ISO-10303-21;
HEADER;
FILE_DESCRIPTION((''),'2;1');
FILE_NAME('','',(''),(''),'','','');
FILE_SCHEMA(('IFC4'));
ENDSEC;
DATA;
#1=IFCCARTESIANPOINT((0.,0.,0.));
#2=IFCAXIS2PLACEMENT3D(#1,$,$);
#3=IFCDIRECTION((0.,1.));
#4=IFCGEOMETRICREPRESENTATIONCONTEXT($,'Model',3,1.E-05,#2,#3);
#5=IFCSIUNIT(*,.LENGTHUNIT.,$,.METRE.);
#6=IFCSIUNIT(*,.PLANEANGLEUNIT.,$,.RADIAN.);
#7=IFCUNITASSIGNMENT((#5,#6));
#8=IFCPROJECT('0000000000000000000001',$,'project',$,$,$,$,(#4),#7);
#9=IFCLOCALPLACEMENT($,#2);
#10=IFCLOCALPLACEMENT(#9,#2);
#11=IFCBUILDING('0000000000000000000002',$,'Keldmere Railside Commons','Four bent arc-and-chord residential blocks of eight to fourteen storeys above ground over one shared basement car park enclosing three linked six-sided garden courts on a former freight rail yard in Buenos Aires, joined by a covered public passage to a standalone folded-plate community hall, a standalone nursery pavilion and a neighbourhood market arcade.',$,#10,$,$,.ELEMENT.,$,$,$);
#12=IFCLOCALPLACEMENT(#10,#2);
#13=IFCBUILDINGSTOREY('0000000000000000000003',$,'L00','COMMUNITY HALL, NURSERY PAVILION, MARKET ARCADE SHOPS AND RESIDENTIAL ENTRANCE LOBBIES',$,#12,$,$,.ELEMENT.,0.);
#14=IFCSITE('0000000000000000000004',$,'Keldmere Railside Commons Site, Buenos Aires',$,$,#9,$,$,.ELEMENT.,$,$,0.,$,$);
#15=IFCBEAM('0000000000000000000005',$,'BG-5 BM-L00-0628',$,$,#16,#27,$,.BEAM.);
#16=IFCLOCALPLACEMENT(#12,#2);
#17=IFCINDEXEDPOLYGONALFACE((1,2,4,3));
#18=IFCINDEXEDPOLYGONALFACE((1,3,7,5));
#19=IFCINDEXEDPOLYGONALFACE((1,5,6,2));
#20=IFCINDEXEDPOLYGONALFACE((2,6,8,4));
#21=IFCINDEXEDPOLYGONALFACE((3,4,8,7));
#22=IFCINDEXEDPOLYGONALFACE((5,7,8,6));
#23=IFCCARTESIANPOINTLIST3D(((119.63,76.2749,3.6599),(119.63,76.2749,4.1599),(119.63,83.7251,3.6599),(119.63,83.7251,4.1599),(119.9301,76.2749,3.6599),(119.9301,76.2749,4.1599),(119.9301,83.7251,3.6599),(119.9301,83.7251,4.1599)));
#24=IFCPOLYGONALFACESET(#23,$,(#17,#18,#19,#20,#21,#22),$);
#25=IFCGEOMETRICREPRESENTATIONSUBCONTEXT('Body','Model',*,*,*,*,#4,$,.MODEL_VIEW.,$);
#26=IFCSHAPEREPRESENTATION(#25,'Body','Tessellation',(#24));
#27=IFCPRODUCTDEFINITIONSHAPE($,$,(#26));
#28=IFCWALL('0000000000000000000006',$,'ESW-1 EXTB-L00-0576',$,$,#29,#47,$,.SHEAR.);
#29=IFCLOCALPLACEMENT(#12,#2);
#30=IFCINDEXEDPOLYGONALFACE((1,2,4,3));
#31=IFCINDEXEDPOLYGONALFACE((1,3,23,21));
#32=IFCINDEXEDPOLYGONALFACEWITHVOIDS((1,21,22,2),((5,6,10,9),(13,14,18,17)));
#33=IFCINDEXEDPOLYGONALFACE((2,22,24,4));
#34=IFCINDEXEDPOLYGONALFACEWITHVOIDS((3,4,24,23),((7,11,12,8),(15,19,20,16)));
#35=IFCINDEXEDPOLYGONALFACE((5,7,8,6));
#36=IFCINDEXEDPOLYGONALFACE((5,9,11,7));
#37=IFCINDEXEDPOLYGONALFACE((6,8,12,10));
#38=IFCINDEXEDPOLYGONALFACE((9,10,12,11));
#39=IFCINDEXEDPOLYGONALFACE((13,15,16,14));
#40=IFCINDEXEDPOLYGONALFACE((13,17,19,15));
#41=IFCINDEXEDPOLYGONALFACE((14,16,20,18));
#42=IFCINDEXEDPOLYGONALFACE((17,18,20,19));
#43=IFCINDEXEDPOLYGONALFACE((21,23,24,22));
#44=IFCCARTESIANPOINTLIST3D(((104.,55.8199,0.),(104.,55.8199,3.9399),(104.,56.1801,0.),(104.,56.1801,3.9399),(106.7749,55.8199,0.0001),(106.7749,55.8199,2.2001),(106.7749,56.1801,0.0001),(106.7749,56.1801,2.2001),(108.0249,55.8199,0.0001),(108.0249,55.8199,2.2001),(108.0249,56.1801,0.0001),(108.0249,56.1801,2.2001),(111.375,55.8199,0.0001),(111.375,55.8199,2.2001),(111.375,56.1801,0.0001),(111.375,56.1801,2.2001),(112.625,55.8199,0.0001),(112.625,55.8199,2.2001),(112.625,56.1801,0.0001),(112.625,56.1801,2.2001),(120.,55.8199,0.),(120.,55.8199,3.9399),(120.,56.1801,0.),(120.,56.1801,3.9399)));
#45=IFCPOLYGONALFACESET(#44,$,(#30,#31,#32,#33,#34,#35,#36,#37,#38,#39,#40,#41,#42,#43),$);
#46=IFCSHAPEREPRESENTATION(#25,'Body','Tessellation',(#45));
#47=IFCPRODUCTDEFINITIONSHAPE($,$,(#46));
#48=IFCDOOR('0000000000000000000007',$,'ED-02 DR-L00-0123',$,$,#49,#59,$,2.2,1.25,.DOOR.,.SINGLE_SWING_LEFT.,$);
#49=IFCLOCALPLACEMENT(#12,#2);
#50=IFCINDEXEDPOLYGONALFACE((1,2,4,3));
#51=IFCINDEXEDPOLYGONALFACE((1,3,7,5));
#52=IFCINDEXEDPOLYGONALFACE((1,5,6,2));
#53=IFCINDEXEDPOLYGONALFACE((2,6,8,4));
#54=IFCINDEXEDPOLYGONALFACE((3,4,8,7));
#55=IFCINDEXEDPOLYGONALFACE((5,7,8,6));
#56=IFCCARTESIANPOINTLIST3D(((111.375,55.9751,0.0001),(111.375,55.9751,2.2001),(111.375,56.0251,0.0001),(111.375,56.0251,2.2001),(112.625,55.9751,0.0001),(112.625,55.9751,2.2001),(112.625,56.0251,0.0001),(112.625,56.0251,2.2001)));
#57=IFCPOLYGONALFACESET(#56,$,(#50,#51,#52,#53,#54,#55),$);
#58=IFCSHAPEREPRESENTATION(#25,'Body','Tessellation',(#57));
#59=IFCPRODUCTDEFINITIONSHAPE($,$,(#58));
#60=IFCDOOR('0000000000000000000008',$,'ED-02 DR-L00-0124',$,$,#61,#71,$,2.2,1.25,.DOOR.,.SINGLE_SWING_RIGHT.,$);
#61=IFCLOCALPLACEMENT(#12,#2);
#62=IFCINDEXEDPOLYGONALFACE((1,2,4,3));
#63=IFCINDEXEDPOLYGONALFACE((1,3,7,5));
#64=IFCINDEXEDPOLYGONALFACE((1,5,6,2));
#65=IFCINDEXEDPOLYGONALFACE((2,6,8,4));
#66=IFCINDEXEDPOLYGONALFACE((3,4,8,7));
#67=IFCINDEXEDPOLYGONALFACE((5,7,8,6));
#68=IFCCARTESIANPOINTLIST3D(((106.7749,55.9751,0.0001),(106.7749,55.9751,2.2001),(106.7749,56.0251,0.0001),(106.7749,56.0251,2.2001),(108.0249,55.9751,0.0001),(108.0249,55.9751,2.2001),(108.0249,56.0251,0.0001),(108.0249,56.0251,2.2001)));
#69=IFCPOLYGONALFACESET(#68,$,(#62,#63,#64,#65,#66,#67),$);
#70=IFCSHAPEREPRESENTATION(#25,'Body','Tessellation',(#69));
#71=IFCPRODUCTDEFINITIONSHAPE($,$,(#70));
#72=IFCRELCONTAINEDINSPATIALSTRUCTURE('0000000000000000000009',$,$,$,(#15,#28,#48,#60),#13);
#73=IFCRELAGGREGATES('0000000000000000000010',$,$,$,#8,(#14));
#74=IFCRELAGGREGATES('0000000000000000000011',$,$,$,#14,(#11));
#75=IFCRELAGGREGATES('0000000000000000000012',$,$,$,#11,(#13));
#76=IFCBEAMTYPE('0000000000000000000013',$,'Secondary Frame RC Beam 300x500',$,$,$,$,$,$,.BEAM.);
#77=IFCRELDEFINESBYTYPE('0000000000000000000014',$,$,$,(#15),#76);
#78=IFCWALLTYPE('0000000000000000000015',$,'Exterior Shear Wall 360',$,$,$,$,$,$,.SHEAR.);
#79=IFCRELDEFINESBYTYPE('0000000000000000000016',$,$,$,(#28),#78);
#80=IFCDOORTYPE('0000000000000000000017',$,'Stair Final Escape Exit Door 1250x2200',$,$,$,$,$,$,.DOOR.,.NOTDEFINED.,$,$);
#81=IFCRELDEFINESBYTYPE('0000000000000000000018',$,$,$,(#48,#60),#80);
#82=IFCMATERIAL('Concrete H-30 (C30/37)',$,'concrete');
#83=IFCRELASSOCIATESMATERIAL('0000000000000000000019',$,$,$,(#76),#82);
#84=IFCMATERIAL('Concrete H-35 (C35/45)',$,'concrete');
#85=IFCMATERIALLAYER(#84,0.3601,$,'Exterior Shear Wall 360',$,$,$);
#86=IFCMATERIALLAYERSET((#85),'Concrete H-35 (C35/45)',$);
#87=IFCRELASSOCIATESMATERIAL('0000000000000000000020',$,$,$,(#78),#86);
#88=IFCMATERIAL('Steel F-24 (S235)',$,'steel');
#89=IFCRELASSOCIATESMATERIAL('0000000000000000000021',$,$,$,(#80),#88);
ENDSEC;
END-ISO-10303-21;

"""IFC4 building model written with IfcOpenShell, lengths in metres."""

from ifc_helpers import new_model, si_unit, direction, frame, frame_2d, origin, origin_2d, place, context, subcontext, project, spatial, rectangle, extrude, material, layer, layer_set, material_profile, profile_set, type_object, element, fill, save


model = new_model("IFC4")

# Units and contexts
model_context = context("Model", 3, precision=1e-05, world=origin(), true_north=direction((0.0, 1.0)))
body_context = subcontext(model_context, "Body", "Model", "MODEL_VIEW")
ifc_project = project(units=[si_unit("LENGTHUNIT", "METRE"), si_unit("PLANEANGLEUNIT", "RADIAN")], contexts=[model_context])

# Site, building, storey
site_placement = place(None, origin())
site = spatial("IfcSite", under=ifc_project, at=site_placement, Name="Keldmere Railside Commons Site, Buenos Aires", CompositionType="ELEMENT", RefElevation=0.0)
building_placement = place(site_placement, origin())
building = spatial("IfcBuilding", under=site, at=building_placement, Name="Keldmere Railside Commons", Description="Four bent arc-and-chord residential blocks of eight to fourteen storeys above ground over one shared basement car park enclosing three linked six-sided garden courts on a former freight rail yard in Buenos Aires, joined by a covered public passage to a standalone folded-plate community hall, a standalone nursery pavilion and a neighbourhood market arcade.", CompositionType="ELEMENT")
storey_placement = place(building_placement, origin())
storey = spatial("IfcBuildingStorey", under=building, at=storey_placement, Name="L00", Description="COMMUNITY HALL, NURSERY PAVILION, MARKET ARCADE SHOPS AND RESIDENTIAL ENTRANCE LOBBIES", CompositionType="ELEMENT", Elevation=0.0)

# Beam
ifc_material_1 = material(Name="Concrete H-30 (C30/37)", Category="concrete")
ifc_material_profile_1 = material_profile(ifc_material_1, rectangle(XDim=0.3, YDim=0.5, at=origin_2d()), Name="RC-300x500")
ifc_profile_set_1 = profile_set([ifc_material_profile_1], Name="Concrete H-30 (C30/37)")
beam_type_1 = type_object("IfcBeamType", Name="Secondary Frame RC Beam 300x500", PredefinedType="BEAM", material=ifc_profile_set_1)
for number, where, z_axis, x_axis, name in (
    (1, (119.78, 76.2749, 3.9099), (0.0, 1.0, 0.0), (-1.0, 0.0, 0.0), "BG-5 BM-L00-0628"),
):
    element("IfcBeam", number, at=place(storey_placement, frame(where, z_axis=z_axis, x_axis=x_axis)), inside=storey, type_object=beam_type_1, Name=name, PredefinedType="BEAM", context=body_context, shape_type="SweptSolid", body=[
        extrude(rectangle(XDim=0.3, YDim=0.5, at=origin_2d()), origin(), (0.0, 0.0, 1.0), 7.4502),
    ])

# Wall, openings, doors
ifc_material_2 = material(Name="Concrete H-35 (C35/45)", Category="concrete")
ifc_layer = layer(ifc_material_2, 0.3601, Name="Exterior Shear Wall 360")
ifc_layer_set = layer_set([ifc_layer], Name="Concrete H-35 (C35/45)")
wall_type = type_object("IfcWallType", Name="Exterior Shear Wall 360", PredefinedType="SHEAR", material=ifc_layer_set)
wall_placement = place(storey_placement, frame((120.0, 56.0, 0.0), z_axis=(0.0, 0.0, 1.0), x_axis=(-1.0, 0.0, 0.0)))
wall = element("IfcWall", 2, at=wall_placement, inside=storey, type_object=wall_type, Name="ESW-1 EXTB-L00-0576", PredefinedType="SHEAR", context=body_context, shape_type="SweptSolid", body=[
    extrude(rectangle(XDim=16.0, YDim=0.3601, at=frame_2d((8.0, 0.0))), origin(), (0.0, 0.0, 1.0), 3.9399),
])
opening_1_placement = place(wall_placement, frame((7.375, 0.0, 0.0)))
opening_1 = element("IfcOpeningElement", 3, at=opening_1_placement, cuts=wall, PredefinedType="OPENING", context=body_context, shape_type="SweptSolid", body=[
    extrude(rectangle(XDim=1.25, YDim=2.2, at=frame_2d((0.625, 1.1001))), frame((0.0, 0.1899, 0.0), z_axis=(0.0, -1.0, 0.0), x_axis=(1.0, 0.0, 0.0)), (0.0, 0.0, 1.0), 0.3801),
])
opening_2_placement = place(wall_placement, frame((11.9751, 0.0, 0.0)))
opening_2 = element("IfcOpeningElement", 4, at=opening_2_placement, cuts=wall, PredefinedType="OPENING", context=body_context, shape_type="SweptSolid", body=[
    extrude(rectangle(XDim=1.25, YDim=2.2, at=frame_2d((0.625, 1.1001))), frame((0.0, 0.1899, 0.0), z_axis=(0.0, -1.0, 0.0), x_axis=(1.0, 0.0, 0.0)), (0.0, 0.0, 1.0), 0.3801),
])
ifc_material_3 = material(Name="Steel F-24 (S235)", Category="steel")
door_type = type_object("IfcDoorType", Name="Stair Final Escape Exit Door 1250x2200", OperationType="NOTDEFINED", PredefinedType="DOOR", material=ifc_material_3)
door_1_placement = place(opening_1_placement, origin())
door_1 = element("IfcDoor", 5, at=door_1_placement, inside=storey, type_object=door_type, Name="ED-02 DR-L00-0123", OperationType="SINGLE_SWING_LEFT", OverallHeight=2.2, OverallWidth=1.25, PredefinedType="DOOR", context=body_context, shape_type="SweptSolid", body=[
    extrude(rectangle(XDim=1.25, YDim=2.2, at=frame_2d((0.625, 1.1001))), frame((0.0, 0.0249, 0.0), z_axis=(0.0, -1.0, 0.0), x_axis=(1.0, 0.0, 0.0)), (0.0, 0.0, 1.0), 0.05),
])
fill(opening_1, door_1)
door_2_placement = place(opening_2_placement, origin())
door_2 = element("IfcDoor", 6, at=door_2_placement, inside=storey, type_object=door_type, Name="ED-02 DR-L00-0124", OperationType="SINGLE_SWING_RIGHT", OverallHeight=2.2, OverallWidth=1.25, PredefinedType="DOOR", context=body_context, shape_type="SweptSolid", body=[
    extrude(rectangle(XDim=1.25, YDim=2.2, at=frame_2d((0.625, 1.1001))), frame((0.0, 0.0249, 0.0), z_axis=(0.0, -1.0, 0.0), x_axis=(1.0, 0.0, 0.0)), (0.0, 0.0, 1.0), 0.05),
])
fill(opening_2, door_2)

save(model, "model.ifc")
